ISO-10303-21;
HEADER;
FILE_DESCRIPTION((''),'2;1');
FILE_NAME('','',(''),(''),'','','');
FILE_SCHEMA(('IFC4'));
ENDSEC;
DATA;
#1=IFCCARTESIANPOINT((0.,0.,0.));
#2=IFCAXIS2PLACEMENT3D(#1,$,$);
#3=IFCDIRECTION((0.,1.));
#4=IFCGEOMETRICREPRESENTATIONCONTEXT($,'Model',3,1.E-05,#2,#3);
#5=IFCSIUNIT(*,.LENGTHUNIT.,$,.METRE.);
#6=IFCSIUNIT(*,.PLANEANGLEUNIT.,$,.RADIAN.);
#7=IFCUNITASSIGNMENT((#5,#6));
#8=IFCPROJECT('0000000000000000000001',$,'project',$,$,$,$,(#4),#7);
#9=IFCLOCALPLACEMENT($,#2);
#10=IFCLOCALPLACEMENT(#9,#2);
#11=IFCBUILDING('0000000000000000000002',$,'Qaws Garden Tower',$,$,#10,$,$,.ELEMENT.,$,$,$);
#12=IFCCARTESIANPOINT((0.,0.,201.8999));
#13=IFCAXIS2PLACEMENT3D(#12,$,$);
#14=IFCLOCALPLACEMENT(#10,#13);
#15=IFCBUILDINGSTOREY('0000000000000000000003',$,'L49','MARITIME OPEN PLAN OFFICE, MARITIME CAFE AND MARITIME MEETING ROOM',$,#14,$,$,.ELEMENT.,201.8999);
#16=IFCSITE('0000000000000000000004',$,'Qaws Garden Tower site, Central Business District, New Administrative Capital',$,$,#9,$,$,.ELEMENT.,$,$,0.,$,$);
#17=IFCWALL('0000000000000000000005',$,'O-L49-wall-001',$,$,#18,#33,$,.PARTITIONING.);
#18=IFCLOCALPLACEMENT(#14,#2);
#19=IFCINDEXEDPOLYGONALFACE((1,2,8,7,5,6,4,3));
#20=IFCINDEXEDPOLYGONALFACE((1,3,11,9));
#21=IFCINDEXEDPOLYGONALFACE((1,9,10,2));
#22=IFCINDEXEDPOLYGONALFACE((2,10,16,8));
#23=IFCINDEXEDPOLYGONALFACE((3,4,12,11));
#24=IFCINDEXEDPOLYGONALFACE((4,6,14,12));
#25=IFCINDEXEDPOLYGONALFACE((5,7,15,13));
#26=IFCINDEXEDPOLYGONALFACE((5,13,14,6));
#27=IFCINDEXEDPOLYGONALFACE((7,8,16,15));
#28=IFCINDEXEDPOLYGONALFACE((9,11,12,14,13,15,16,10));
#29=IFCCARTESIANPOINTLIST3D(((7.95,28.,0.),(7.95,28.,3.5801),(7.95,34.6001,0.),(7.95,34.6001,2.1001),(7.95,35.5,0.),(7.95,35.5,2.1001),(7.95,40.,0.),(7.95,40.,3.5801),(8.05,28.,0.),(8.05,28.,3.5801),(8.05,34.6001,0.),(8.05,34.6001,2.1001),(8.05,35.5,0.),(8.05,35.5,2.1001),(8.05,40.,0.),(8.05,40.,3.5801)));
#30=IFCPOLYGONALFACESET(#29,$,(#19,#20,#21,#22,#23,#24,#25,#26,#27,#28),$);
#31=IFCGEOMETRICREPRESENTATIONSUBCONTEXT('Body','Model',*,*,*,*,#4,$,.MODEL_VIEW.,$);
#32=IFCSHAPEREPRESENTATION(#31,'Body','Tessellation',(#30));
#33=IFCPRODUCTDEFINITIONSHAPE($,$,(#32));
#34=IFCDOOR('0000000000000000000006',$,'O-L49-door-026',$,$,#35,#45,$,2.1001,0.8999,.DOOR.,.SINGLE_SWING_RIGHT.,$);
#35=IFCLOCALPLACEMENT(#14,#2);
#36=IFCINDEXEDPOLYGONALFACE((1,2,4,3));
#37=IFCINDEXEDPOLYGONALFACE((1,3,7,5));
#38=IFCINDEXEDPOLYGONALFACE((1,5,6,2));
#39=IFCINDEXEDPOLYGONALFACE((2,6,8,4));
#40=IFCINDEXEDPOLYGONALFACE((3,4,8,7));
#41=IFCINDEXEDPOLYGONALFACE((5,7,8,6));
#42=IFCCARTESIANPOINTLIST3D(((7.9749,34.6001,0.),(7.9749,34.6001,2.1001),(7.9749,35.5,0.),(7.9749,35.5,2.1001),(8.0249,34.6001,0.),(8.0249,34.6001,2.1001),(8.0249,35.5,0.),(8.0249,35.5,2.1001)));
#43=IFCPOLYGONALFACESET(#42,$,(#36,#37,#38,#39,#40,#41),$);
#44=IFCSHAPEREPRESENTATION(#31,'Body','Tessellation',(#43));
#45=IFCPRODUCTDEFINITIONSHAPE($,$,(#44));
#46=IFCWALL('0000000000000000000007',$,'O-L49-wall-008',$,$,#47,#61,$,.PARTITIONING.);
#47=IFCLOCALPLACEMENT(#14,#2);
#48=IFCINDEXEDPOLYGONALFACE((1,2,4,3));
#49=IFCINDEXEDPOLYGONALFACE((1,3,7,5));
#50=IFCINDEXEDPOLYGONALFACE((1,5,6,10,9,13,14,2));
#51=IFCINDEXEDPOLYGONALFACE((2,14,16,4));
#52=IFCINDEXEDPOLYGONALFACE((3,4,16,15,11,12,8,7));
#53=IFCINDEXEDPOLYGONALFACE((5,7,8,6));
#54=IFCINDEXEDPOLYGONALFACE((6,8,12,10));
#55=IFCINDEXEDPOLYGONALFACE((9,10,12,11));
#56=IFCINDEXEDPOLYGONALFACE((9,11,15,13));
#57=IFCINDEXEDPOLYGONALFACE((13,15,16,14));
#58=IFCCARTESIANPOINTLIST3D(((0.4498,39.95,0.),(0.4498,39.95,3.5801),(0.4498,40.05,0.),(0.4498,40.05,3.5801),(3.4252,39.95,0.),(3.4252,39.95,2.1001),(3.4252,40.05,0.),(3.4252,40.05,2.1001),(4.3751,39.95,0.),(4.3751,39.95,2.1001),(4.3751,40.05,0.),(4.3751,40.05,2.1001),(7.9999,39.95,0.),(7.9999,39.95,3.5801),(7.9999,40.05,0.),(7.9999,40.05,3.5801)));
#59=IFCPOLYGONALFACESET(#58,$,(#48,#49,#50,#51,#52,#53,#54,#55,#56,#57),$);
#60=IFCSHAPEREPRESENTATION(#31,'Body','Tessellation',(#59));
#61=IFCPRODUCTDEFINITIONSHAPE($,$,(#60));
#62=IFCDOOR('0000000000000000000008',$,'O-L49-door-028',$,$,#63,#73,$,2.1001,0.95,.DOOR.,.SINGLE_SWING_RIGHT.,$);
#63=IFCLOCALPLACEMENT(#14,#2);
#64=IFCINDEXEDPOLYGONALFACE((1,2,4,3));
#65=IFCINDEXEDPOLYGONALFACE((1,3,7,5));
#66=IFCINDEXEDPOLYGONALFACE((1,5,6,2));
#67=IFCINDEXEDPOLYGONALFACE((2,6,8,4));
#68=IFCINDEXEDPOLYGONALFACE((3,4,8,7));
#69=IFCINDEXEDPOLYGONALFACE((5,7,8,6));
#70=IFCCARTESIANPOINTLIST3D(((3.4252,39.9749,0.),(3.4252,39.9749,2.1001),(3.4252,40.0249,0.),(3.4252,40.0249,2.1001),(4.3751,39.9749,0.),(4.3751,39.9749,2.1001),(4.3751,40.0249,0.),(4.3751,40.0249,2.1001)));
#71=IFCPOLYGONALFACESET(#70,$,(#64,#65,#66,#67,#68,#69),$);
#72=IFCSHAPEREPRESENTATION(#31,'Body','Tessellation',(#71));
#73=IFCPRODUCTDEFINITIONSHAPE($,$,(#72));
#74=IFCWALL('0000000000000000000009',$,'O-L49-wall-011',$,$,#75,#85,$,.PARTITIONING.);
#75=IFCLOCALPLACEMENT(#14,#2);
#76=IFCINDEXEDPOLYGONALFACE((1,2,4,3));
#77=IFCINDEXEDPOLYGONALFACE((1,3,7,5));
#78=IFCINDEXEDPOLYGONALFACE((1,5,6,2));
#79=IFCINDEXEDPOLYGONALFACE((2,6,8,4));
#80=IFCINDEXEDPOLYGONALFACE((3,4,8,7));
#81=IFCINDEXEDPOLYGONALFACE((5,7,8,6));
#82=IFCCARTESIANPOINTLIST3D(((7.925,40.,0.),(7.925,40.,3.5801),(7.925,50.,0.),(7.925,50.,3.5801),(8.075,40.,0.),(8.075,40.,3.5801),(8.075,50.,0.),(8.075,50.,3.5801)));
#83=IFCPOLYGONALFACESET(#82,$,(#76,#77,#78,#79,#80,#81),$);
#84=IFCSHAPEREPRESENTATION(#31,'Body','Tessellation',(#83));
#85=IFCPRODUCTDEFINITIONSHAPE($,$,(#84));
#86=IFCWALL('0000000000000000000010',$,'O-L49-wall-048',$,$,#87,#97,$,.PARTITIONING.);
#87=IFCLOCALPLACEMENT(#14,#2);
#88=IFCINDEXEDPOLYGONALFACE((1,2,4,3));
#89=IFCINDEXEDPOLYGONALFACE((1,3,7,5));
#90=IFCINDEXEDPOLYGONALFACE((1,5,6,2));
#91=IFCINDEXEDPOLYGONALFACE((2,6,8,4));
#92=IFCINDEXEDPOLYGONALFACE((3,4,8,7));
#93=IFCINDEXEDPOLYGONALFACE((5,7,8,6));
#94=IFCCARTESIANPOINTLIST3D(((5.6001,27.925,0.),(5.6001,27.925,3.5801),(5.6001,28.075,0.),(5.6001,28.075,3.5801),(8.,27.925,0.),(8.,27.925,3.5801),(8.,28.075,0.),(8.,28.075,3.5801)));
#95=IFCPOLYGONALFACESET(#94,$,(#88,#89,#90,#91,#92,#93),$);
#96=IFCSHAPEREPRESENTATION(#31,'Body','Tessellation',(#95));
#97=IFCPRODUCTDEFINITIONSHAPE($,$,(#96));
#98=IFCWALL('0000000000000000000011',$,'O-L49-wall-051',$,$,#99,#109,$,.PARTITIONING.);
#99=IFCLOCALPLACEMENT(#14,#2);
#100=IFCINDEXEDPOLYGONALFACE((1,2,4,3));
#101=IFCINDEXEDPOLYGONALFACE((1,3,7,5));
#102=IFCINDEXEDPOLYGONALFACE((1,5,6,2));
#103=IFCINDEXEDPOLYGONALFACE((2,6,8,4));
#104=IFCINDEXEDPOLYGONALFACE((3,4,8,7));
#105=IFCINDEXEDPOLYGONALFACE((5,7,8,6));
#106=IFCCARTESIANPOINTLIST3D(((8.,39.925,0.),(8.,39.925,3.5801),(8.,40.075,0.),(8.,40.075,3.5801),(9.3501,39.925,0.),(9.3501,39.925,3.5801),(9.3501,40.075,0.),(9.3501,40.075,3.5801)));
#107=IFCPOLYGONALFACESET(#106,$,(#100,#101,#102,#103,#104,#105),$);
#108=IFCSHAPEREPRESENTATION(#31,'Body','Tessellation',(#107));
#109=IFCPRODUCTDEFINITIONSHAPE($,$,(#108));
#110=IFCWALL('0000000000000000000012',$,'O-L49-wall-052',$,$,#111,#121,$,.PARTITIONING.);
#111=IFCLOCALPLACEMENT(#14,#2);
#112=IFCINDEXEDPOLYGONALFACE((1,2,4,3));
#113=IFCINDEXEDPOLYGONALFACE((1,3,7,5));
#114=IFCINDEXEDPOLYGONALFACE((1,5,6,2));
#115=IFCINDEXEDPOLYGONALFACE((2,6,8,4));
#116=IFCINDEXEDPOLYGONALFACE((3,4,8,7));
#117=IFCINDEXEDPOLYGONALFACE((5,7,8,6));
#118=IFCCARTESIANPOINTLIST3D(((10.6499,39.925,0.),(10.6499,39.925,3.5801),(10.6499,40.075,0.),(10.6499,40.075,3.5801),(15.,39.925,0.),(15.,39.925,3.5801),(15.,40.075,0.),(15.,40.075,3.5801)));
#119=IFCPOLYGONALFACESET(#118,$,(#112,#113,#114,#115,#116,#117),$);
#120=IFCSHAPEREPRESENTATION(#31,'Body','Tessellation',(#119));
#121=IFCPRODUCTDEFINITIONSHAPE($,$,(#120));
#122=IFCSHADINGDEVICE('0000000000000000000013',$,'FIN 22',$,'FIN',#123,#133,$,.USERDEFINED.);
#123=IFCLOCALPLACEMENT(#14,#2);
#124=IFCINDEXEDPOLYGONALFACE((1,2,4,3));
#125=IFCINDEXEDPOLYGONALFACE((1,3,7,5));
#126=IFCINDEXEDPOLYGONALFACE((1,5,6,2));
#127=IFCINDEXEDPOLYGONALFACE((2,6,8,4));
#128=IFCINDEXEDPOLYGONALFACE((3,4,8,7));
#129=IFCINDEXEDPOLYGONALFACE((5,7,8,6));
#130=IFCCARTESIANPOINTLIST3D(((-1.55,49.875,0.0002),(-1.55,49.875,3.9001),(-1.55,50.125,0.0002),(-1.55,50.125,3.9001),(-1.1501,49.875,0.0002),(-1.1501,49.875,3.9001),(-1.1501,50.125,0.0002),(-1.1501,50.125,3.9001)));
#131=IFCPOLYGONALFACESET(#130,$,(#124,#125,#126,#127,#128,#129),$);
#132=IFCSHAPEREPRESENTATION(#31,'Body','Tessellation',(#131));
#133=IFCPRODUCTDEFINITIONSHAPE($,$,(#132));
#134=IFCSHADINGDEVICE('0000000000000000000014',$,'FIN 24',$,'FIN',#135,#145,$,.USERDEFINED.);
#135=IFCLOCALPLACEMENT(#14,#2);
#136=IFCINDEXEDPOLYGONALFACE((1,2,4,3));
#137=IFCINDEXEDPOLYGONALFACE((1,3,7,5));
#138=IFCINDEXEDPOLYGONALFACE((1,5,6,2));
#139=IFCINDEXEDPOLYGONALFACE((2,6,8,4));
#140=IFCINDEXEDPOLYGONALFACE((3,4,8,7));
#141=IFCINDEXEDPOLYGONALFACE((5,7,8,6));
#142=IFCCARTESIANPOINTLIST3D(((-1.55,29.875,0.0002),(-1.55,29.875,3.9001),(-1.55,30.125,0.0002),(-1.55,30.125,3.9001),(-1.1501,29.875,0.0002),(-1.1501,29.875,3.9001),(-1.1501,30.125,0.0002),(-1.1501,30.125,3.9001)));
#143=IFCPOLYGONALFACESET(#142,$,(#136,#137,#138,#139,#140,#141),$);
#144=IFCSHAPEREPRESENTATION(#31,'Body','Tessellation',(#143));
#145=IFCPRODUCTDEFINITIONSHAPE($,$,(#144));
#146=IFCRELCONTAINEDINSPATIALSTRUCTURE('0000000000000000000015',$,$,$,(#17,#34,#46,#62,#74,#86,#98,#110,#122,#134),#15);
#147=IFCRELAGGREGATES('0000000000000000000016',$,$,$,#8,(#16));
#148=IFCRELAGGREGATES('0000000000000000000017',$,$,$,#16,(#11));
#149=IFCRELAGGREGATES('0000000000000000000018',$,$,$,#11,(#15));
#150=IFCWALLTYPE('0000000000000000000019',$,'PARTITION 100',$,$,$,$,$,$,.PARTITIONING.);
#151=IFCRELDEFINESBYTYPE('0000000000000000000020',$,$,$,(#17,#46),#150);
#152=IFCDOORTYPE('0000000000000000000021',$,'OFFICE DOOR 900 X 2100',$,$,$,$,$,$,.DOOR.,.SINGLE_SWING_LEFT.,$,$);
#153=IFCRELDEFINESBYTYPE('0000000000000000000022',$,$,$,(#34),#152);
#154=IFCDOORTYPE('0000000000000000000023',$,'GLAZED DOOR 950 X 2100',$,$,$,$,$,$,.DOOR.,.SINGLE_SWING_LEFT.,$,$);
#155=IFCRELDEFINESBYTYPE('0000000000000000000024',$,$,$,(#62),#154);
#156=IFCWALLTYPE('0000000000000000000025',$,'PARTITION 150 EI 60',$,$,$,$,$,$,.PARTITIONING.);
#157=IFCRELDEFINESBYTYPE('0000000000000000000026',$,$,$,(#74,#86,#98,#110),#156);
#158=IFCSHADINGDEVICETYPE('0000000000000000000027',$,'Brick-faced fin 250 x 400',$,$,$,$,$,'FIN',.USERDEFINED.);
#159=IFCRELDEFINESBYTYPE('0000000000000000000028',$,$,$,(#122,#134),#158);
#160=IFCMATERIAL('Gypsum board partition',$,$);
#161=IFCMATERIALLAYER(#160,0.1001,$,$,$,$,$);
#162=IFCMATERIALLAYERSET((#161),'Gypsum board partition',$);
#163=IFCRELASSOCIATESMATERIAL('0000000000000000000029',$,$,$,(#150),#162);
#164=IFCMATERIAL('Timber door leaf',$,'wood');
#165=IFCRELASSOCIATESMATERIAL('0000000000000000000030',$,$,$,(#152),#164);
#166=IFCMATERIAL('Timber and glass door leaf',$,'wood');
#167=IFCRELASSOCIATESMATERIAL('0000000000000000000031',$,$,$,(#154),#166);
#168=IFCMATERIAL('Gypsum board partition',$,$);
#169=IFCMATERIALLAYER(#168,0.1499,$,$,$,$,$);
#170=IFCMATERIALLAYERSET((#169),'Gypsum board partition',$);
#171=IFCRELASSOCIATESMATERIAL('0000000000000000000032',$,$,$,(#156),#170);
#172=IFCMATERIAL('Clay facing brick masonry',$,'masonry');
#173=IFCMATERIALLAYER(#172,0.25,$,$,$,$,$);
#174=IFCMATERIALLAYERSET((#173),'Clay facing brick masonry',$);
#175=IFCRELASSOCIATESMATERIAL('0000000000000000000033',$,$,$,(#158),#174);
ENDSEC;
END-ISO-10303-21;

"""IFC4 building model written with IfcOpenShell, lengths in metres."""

from ifc_helpers import new_model, si_unit, direction, frame, frame_2d, origin, origin_2d, place, context, subcontext, project, spatial, rectangle, extrude, material, layer, layer_set, type_object, element, fill, save


model = new_model("IFC4")

# Units and contexts
model_context = context("Model", 3, precision=1e-05, world=origin(), true_north=direction((0.0, 1.0)))
body_context = subcontext(model_context, "Body", "Model", "MODEL_VIEW")
ifc_project = project(units=[si_unit("LENGTHUNIT", "METRE"), si_unit("PLANEANGLEUNIT", "RADIAN")], contexts=[model_context])

# Site, building, storey
site_placement = place(None, origin())
site = spatial("IfcSite", under=ifc_project, at=site_placement, Name="Qaws Garden Tower site, Central Business District, New Administrative Capital", CompositionType="ELEMENT", RefElevation=0.0)
building_placement = place(site_placement, origin())
building = spatial("IfcBuilding", under=site, at=building_placement, Name="Qaws Garden Tower", CompositionType="ELEMENT")
storey_placement = place(building_placement, frame((0.0, 0.0, 201.8999)))
storey = spatial("IfcBuildingStorey", under=building, at=storey_placement, Name="L49", Description="MARITIME OPEN PLAN OFFICE, MARITIME CAFE AND MARITIME MEETING ROOM", CompositionType="ELEMENT", Elevation=201.8999)

# Walls, openings, doors
ifc_material_1 = material(Name="Gypsum board partition")
ifc_layer_1 = layer(ifc_material_1, 0.1001)
ifc_layer_set_1 = layer_set([ifc_layer_1], Name="Gypsum board partition")
wall_type_1 = type_object("IfcWallType", Name="PARTITION 100", PredefinedType="PARTITIONING", material=ifc_layer_set_1)
wall_1_placement = place(storey_placement, frame((8.0, 28.0, 0.0), z_axis=(0.0, 0.0, 1.0), x_axis=(0.0, 1.0, 0.0)))
wall_1 = element("IfcWall", 1, at=wall_1_placement, inside=storey, type_object=wall_type_1, Name="O-L49-wall-001", PredefinedType="PARTITIONING", context=body_context, shape_type="SweptSolid", body=[
    extrude(rectangle(XDim=12.0, YDim=0.1001, at=frame_2d((6.0, 0.0))), origin(), (0.0, 0.0, 1.0), 3.5801),
])
opening_1_placement = place(wall_1_placement, frame((6.6001, 0.0, 0.0)))
opening_1 = element("IfcOpeningElement", 2, at=opening_1_placement, cuts=wall_1, PredefinedType="OPENING", context=body_context, shape_type="SweptSolid", body=[
    extrude(rectangle(XDim=0.8999, YDim=2.1001, at=frame_2d((0.45, 1.05))), frame((0.0, 0.0601, 0.0), z_axis=(0.0, -1.0, 0.0), x_axis=(1.0, 0.0, 0.0)), (0.0, 0.0, 1.0), 0.1201),
])
ifc_material_2 = material(Name="Timber door leaf", Category="wood")
door_type_1 = type_object("IfcDoorType", Name="OFFICE DOOR 900 X 2100", OperationType="SINGLE_SWING_LEFT", PredefinedType="DOOR", material=ifc_material_2)
door_1_placement = place(opening_1_placement, frame((0.8999, 0.0, 0.0), z_axis=(0.0, 0.0, 1.0), x_axis=(-1.0, 0.0, 0.0)))
door_1 = element("IfcDoor", 3, at=door_1_placement, inside=storey, type_object=door_type_1, Name="O-L49-door-026", OperationType="SINGLE_SWING_RIGHT", OverallHeight=2.1001, OverallWidth=0.8999, PredefinedType="DOOR", context=body_context, shape_type="SweptSolid", body=[
    extrude(rectangle(XDim=0.8999, YDim=2.1001, at=frame_2d((0.45, 1.05))), frame((0.0, 0.0249, 0.0), z_axis=(0.0, -1.0, 0.0), x_axis=(1.0, 0.0, 0.0)), (0.0, 0.0, 1.0), 0.05),
])
fill(opening_1, door_1)
wall_2_placement = place(storey_placement, frame((0.45, 40.0, 0.0), z_axis=(0.0, 0.0, 1.0), x_axis=(1.0, 0.0, 0.0)))
wall_2 = element("IfcWall", 4, at=wall_2_placement, inside=storey, type_object=wall_type_1, Name="O-L49-wall-008", PredefinedType="PARTITIONING", context=body_context, shape_type="SweptSolid", body=[
    extrude(rectangle(XDim=7.55, YDim=0.1001, at=frame_2d((3.7749, 0.0))), origin(), (0.0, 0.0, 1.0), 3.5801),
])
opening_2_placement = place(wall_2_placement, frame((2.9751, 0.0, 0.0)))
opening_2 = element("IfcOpeningElement", 5, at=opening_2_placement, cuts=wall_2, PredefinedType="OPENING", context=body_context, shape_type="SweptSolid", body=[
    extrude(rectangle(XDim=0.95, YDim=2.1001, at=frame_2d((0.4751, 1.05))), frame((0.0, 0.0601, 0.0), z_axis=(0.0, -1.0, 0.0), x_axis=(1.0, 0.0, 0.0)), (0.0, 0.0, 1.0), 0.1201),
])
ifc_material_3 = material(Name="Timber and glass door leaf", Category="wood")
door_type_2 = type_object("IfcDoorType", Name="GLAZED DOOR 950 X 2100", OperationType="SINGLE_SWING_LEFT", PredefinedType="DOOR", material=ifc_material_3)
door_2_placement = place(opening_2_placement, origin())
door_2 = element("IfcDoor", 6, at=door_2_placement, inside=storey, type_object=door_type_2, Name="O-L49-door-028", OperationType="SINGLE_SWING_RIGHT", OverallHeight=2.1001, OverallWidth=0.95, PredefinedType="DOOR", context=body_context, shape_type="SweptSolid", body=[
    extrude(rectangle(XDim=0.95, YDim=2.1001, at=frame_2d((0.4751, 1.05))), frame((0.0, 0.0249, 0.0), z_axis=(0.0, -1.0, 0.0), x_axis=(1.0, 0.0, 0.0)), (0.0, 0.0, 1.0), 0.05),
])
fill(opening_2, door_2)

# Walls
ifc_material_4 = material(Name="Gypsum board partition")
ifc_layer_2 = layer(ifc_material_4, 0.1499)
ifc_layer_set_2 = layer_set([ifc_layer_2], Name="Gypsum board partition")
wall_type_2 = type_object("IfcWallType", Name="PARTITION 150 EI 60", PredefinedType="PARTITIONING", material=ifc_layer_set_2)
wall_3_placement = place(storey_placement, frame((8.0, 40.0, 0.0), z_axis=(0.0, 0.0, 1.0), x_axis=(0.0, 1.0, 0.0)))
element("IfcWall", 7, at=wall_3_placement, inside=storey, type_object=wall_type_2, Name="O-L49-wall-011", PredefinedType="PARTITIONING", context=body_context, shape_type="SweptSolid", body=[
    extrude(rectangle(XDim=10.0, YDim=0.1499, at=frame_2d((5.0, 0.0))), origin(), (0.0, 0.0, 1.0), 3.5801),
])
wall_4_placement = place(storey_placement, frame((5.6001, 28.0, 0.0), z_axis=(0.0, 0.0, 1.0), x_axis=(1.0, 0.0, 0.0)))
element("IfcWall", 8, at=wall_4_placement, inside=storey, type_object=wall_type_2, Name="O-L49-wall-048", PredefinedType="PARTITIONING", context=body_context, shape_type="SweptSolid", body=[
    extrude(rectangle(XDim=2.3999, YDim=0.1499, at=frame_2d((1.2, 0.0))), origin(), (0.0, 0.0, 1.0), 3.5801),
])
wall_5_placement = place(storey_placement, frame((8.0, 40.0, 0.0), z_axis=(0.0, 0.0, 1.0), x_axis=(1.0, 0.0, 0.0)))
element("IfcWall", 9, at=wall_5_placement, inside=storey, type_object=wall_type_2, Name="O-L49-wall-051", PredefinedType="PARTITIONING", context=body_context, shape_type="SweptSolid", body=[
    extrude(rectangle(XDim=1.3501, YDim=0.1499, at=frame_2d((0.675, 0.0))), origin(), (0.0, 0.0, 1.0), 3.5801),
])
wall_6_placement = place(storey_placement, frame((10.6499, 40.0, 0.0), z_axis=(0.0, 0.0, 1.0), x_axis=(1.0, 0.0, 0.0)))
element("IfcWall", 10, at=wall_6_placement, inside=storey, type_object=wall_type_2, Name="O-L49-wall-052", PredefinedType="PARTITIONING", context=body_context, shape_type="SweptSolid", body=[
    extrude(rectangle(XDim=4.3501, YDim=0.1499, at=frame_2d((2.175, 0.0))), origin(), (0.0, 0.0, 1.0), 3.5801),
])

# Shading devices
ifc_material_5 = material(Name="Clay facing brick masonry", Category="masonry")
ifc_layer_3 = layer(ifc_material_5, 0.25)
ifc_layer_set_3 = layer_set([ifc_layer_3], Name="Clay facing brick masonry")
shading_device_type = type_object("IfcShadingDeviceType", Name="Brick-faced fin 250 x 400", ElementType="FIN", PredefinedType="USERDEFINED", material=ifc_layer_set_3)
for number, where, z_axis, x_axis, name in (
    (11, (-1.3501, 50.0, 0.0002), (0.0, 0.0, 1.0), (0.0, -1.0, 0.0), "FIN 22"),
    (12, (-1.3501, 30.0, 0.0002), (0.0, 0.0, 1.0), (0.0, -1.0, 0.0), "FIN 24"),
):
    element("IfcShadingDevice", number, at=place(storey_placement, frame(where, z_axis=z_axis, x_axis=x_axis)), inside=storey, type_object=shading_device_type, Name=name, ObjectType="FIN", PredefinedType="USERDEFINED", context=body_context, shape_type="SweptSolid", body=[
        extrude(rectangle(XDim=0.25, YDim=0.3999, at=origin_2d()), origin(), (0.0, 0.0, 1.0), 3.8999),
    ])

save(model, "model.ifc")
